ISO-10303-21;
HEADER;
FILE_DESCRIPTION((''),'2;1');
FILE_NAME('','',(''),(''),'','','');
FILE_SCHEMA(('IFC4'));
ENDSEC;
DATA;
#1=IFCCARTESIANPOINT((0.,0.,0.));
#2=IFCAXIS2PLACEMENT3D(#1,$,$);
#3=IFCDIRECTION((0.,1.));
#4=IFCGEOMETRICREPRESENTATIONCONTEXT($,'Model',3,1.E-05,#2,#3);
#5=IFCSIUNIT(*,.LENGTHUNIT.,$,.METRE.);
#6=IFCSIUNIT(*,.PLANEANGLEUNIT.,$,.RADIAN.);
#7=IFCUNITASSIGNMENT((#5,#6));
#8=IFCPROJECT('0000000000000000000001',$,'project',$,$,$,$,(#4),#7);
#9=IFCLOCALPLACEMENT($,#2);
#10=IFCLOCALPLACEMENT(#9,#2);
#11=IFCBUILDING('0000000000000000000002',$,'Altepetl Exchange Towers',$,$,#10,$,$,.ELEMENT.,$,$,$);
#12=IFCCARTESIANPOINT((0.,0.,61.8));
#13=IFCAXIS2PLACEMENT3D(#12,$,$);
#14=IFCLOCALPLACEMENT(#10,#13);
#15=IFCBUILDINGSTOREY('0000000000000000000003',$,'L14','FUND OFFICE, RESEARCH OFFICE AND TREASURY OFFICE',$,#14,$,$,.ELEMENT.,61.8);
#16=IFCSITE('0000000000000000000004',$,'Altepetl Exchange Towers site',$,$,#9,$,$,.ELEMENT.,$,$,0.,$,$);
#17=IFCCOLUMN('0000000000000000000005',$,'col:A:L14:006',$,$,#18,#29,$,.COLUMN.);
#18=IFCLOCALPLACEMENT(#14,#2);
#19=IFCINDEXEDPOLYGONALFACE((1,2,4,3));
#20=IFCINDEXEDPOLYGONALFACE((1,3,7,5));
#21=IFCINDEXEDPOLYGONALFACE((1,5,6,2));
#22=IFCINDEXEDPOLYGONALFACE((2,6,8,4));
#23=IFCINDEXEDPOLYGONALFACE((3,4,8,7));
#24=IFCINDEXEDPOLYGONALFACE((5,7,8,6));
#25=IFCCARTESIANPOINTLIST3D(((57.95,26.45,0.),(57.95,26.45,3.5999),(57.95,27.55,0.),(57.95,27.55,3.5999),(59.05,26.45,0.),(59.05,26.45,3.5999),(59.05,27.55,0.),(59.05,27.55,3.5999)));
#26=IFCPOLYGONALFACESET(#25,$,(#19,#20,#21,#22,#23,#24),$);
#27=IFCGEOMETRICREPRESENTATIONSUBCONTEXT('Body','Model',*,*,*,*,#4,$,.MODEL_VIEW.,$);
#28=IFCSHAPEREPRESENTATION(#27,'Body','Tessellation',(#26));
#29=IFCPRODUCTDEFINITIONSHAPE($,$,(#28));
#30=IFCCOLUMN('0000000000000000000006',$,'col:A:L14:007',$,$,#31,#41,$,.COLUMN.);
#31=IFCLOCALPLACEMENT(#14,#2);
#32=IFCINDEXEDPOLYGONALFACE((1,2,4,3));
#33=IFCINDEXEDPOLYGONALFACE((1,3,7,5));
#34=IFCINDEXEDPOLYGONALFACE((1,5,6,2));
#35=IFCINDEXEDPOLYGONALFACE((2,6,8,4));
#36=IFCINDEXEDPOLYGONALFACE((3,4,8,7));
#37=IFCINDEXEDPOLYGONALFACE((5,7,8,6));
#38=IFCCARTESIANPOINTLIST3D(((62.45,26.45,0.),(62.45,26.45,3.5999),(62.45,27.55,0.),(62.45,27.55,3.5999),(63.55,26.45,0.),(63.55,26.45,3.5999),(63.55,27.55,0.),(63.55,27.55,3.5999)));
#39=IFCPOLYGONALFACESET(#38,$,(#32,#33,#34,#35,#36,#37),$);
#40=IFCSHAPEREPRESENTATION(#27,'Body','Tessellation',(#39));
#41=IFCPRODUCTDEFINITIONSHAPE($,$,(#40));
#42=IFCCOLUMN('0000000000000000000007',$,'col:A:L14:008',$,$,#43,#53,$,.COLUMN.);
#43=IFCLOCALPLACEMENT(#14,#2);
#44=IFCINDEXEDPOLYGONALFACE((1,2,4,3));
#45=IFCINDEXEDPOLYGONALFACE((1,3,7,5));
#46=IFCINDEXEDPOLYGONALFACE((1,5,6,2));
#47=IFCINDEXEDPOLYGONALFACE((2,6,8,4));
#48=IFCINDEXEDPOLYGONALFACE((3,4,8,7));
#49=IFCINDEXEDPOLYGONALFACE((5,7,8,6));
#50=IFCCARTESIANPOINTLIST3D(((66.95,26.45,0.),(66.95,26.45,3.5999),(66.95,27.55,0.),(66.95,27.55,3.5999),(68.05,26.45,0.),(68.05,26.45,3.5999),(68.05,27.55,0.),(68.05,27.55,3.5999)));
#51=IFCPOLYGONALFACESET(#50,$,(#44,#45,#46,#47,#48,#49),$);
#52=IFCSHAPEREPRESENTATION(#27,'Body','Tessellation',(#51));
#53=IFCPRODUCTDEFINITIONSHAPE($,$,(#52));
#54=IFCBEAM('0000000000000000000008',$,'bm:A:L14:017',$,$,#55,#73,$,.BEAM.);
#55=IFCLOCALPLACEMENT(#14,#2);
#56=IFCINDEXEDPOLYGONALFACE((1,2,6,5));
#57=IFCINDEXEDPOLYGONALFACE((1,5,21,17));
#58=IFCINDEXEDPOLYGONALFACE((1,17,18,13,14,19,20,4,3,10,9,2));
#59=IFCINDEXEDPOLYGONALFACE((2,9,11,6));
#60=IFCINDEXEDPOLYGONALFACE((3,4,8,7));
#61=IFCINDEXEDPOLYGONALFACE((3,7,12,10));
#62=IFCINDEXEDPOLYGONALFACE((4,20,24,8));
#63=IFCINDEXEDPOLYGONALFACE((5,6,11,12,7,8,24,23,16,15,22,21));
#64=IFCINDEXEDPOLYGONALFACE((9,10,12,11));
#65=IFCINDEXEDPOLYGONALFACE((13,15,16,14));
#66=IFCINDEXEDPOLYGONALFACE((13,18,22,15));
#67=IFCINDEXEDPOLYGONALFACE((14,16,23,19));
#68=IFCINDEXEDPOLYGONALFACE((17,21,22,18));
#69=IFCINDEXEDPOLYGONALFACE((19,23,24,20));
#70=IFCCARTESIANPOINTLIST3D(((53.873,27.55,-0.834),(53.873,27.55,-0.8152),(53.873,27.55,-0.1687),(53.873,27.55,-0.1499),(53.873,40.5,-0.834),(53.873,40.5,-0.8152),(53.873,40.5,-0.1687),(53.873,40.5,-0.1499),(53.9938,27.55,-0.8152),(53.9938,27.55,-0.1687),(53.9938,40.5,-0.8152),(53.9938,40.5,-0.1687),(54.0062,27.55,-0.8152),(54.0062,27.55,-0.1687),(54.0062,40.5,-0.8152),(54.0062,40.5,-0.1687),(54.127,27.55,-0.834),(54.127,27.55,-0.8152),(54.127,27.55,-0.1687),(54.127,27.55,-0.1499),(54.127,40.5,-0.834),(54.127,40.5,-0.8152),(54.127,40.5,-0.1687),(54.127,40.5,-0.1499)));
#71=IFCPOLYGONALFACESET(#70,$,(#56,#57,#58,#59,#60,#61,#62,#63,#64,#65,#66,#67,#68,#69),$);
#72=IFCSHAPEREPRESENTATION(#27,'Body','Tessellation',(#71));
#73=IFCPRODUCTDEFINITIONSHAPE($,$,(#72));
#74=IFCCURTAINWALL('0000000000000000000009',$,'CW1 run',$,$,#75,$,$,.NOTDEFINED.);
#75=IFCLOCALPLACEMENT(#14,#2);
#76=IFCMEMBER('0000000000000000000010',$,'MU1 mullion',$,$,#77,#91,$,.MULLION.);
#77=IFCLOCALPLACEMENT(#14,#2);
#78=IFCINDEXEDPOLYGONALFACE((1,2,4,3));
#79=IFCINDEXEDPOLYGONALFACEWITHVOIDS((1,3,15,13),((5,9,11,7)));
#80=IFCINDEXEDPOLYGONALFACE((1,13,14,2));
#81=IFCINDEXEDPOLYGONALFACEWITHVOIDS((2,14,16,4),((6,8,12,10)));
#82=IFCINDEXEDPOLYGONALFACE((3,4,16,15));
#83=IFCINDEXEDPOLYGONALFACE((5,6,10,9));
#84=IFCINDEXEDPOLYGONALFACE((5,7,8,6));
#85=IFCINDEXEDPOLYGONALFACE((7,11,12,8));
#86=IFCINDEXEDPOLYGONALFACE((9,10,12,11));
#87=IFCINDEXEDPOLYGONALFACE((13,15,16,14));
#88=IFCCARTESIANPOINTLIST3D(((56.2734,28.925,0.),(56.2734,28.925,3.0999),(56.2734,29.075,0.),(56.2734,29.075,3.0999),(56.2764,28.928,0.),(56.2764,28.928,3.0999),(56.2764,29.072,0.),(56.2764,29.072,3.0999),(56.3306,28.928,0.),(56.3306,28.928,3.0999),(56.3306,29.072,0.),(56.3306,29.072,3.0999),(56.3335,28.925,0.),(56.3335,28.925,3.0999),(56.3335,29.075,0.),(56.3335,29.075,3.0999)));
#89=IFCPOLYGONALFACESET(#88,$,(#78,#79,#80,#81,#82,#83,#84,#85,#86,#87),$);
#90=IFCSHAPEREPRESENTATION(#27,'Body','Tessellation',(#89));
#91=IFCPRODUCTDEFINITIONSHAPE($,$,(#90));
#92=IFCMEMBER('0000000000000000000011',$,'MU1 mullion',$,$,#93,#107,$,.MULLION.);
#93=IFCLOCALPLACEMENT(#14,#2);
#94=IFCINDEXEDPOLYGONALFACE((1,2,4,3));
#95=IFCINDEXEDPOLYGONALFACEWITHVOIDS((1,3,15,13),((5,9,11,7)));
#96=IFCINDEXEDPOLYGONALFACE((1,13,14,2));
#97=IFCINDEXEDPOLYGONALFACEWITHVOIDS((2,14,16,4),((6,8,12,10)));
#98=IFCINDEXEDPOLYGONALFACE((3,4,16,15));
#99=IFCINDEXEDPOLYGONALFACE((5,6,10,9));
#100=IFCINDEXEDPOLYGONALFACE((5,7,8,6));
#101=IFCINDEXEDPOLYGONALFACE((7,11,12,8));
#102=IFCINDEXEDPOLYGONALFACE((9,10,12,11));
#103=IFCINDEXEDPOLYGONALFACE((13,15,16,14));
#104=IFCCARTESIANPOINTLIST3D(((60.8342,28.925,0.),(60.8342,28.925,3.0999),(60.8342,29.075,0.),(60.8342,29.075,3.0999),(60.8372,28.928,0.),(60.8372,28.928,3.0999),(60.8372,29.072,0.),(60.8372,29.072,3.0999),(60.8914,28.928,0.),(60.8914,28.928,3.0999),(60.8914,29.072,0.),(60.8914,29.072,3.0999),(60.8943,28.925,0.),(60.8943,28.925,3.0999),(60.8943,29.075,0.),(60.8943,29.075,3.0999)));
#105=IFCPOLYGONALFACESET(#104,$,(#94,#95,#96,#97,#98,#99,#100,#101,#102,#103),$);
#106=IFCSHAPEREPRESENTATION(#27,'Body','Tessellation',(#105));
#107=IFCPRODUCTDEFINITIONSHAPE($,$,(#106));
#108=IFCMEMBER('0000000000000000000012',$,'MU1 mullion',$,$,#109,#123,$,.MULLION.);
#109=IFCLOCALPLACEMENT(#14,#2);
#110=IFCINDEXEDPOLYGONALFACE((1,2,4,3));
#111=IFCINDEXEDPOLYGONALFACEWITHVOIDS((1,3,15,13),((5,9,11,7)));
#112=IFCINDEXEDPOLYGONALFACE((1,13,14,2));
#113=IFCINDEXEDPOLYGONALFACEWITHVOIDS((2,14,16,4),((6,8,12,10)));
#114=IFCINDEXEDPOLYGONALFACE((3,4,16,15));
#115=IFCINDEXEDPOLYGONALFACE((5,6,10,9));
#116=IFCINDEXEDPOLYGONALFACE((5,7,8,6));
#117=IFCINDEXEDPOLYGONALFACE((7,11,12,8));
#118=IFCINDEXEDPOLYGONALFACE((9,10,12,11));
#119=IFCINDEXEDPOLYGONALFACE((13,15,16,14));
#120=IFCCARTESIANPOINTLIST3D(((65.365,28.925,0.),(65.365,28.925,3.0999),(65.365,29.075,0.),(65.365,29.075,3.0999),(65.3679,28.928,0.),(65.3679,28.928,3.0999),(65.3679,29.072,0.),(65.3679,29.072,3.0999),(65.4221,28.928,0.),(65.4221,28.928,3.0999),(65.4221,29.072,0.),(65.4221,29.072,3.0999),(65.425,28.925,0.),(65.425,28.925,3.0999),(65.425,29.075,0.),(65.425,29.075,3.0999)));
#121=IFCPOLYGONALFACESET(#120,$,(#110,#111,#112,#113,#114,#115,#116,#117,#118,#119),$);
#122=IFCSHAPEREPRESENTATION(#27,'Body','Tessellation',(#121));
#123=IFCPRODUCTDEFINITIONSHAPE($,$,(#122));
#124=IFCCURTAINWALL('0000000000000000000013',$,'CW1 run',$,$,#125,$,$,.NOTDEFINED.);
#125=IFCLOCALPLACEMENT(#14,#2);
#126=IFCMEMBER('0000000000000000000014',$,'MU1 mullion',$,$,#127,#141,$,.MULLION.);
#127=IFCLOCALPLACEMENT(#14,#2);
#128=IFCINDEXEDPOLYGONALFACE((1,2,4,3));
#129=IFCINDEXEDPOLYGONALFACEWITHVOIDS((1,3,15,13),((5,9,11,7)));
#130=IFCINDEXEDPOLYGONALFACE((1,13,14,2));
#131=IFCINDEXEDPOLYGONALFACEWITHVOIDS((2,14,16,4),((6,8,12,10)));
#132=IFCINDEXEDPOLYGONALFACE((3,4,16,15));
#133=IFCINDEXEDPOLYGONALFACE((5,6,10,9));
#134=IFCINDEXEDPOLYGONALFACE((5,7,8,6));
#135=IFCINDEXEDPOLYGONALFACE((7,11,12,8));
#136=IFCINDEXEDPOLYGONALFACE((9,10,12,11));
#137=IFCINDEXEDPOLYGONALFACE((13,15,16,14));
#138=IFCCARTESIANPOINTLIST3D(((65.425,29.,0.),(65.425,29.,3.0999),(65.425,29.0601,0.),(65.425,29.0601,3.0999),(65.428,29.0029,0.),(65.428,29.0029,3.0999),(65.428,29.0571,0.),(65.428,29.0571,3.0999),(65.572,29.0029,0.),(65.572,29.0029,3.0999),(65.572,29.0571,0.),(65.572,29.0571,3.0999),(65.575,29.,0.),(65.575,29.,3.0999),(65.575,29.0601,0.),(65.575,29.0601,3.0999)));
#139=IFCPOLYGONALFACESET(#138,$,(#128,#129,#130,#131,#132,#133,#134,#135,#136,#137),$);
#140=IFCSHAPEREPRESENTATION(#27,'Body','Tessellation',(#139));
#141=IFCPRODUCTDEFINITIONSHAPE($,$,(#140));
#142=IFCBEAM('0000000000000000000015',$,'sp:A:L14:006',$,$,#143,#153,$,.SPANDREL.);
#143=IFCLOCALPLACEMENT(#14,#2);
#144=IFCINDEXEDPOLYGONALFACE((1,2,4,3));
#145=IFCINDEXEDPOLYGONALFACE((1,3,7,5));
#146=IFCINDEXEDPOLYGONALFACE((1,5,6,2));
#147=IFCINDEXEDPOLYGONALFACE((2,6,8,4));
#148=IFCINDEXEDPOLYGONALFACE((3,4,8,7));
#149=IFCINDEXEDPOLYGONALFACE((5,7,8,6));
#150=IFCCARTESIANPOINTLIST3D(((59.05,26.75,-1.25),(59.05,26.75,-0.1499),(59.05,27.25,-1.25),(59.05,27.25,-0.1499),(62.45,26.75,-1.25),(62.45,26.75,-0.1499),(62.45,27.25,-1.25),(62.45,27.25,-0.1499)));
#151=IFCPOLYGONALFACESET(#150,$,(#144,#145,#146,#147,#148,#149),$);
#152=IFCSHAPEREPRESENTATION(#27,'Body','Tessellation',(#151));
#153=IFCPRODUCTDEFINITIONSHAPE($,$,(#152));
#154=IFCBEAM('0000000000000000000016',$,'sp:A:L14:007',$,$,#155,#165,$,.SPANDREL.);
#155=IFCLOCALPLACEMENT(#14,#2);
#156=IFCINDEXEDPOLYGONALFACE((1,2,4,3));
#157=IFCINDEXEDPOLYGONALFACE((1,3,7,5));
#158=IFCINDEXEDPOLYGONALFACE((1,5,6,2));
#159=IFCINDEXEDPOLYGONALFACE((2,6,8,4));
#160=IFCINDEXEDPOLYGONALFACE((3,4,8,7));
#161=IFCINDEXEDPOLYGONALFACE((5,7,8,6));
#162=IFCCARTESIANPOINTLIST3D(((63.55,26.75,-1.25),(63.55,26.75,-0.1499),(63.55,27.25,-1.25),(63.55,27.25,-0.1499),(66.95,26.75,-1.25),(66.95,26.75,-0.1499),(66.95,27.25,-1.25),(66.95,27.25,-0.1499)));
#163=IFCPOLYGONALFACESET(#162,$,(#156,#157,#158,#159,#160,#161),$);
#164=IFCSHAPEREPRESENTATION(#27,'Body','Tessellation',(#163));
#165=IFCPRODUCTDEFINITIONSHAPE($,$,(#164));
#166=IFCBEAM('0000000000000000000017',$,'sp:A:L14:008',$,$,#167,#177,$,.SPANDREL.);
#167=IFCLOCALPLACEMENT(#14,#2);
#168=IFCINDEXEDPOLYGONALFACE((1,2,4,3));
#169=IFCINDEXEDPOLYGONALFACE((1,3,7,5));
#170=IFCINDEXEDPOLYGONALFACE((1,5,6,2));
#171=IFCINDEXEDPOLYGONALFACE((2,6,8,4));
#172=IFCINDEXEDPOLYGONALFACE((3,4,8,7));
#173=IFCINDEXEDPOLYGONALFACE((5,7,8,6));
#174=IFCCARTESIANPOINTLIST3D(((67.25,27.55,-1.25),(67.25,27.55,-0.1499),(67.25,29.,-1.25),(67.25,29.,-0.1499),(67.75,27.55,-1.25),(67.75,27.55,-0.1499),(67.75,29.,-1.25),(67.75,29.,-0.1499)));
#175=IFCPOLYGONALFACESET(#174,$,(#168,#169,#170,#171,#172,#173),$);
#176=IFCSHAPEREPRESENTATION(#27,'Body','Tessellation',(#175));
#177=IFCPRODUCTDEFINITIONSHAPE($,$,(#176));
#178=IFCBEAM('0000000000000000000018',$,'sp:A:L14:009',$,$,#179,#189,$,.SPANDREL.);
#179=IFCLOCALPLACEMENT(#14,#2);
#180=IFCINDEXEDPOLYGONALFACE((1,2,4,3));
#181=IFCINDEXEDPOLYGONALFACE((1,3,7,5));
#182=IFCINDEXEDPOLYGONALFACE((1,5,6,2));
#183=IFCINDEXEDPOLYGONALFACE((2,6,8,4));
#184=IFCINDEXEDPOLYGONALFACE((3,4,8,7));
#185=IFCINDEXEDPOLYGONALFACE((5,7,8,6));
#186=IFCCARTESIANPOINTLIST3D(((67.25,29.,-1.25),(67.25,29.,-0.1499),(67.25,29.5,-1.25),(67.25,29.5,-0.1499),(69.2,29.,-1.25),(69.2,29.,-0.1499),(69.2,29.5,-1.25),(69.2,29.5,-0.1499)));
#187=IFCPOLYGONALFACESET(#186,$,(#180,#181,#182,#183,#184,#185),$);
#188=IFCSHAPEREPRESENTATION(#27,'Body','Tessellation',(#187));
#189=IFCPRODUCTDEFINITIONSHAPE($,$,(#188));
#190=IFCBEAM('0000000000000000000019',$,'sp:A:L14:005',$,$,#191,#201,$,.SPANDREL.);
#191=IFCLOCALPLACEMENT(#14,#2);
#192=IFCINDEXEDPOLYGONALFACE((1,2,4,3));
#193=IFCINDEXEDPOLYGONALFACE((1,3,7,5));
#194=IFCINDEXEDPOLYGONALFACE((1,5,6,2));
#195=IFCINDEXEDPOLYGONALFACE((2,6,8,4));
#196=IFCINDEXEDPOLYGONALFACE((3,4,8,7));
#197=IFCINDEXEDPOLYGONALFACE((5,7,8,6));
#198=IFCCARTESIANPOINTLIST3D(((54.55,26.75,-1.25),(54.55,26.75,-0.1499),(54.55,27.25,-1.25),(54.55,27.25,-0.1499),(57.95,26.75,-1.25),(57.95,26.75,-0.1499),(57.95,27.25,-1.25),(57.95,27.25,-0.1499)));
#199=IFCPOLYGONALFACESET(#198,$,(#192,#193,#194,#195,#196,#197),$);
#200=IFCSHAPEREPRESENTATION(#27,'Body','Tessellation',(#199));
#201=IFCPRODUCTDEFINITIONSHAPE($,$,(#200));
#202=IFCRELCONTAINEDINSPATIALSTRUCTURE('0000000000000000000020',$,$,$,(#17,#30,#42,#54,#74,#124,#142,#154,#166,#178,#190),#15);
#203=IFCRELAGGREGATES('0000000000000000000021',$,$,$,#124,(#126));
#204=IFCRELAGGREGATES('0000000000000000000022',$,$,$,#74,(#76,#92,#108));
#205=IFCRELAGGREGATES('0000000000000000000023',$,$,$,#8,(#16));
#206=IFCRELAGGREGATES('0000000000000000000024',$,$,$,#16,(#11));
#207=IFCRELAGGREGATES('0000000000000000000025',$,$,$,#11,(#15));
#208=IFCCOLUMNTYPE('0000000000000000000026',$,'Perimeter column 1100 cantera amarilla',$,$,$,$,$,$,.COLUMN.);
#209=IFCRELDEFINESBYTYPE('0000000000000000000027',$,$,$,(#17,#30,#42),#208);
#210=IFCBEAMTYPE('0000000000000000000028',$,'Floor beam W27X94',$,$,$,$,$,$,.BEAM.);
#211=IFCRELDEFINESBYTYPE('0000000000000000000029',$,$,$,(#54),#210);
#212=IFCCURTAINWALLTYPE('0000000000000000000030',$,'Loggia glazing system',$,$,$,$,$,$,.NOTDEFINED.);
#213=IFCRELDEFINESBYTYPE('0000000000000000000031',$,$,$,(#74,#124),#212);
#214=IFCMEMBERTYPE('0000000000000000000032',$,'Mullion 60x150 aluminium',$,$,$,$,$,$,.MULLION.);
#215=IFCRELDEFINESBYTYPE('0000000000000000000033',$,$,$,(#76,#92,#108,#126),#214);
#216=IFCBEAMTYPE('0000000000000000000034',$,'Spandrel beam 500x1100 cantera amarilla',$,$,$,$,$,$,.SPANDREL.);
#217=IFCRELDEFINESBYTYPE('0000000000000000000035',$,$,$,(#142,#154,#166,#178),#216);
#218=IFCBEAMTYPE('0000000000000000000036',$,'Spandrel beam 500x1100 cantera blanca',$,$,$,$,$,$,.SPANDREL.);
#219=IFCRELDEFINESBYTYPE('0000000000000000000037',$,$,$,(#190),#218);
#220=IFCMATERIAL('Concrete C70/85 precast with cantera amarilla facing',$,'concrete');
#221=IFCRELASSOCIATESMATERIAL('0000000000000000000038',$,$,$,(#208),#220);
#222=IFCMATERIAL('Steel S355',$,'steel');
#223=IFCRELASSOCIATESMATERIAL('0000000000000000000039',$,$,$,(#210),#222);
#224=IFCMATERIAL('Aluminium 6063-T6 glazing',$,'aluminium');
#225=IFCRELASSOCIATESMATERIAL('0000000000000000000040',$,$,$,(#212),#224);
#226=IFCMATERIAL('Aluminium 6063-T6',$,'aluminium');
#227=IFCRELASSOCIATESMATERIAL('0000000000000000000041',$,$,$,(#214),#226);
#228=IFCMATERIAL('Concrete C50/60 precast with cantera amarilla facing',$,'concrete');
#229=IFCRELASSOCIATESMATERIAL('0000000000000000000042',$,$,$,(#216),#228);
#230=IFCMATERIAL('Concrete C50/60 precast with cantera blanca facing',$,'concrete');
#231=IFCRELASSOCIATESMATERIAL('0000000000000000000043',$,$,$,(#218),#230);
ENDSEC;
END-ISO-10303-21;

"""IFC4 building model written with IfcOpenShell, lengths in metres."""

from ifc_helpers import new_model, si_unit, direction, frame, origin, origin_2d, place, context, subcontext, project, spatial, rectangle, hollow_rectangle, i_section, extrude, material, material_profile, profile_set, type_object, element, aggregate, save


model = new_model("IFC4")

# Units and contexts
model_context = context("Model", 3, precision=1e-05, world=origin(), true_north=direction((0.0, 1.0)))
body_context = subcontext(model_context, "Body", "Model", "MODEL_VIEW")
ifc_project = project(units=[si_unit("LENGTHUNIT", "METRE"), si_unit("PLANEANGLEUNIT", "RADIAN")], contexts=[model_context])

# Site, building, storey
site_placement = place(None, origin())
site = spatial("IfcSite", under=ifc_project, at=site_placement, Name="Altepetl Exchange Towers site", CompositionType="ELEMENT", RefElevation=0.0)
building_placement = place(site_placement, origin())
building = spatial("IfcBuilding", under=site, at=building_placement, Name="Altepetl Exchange Towers", CompositionType="ELEMENT")
storey_placement = place(building_placement, frame((0.0, 0.0, 61.8)))
storey = spatial("IfcBuildingStorey", under=building, at=storey_placement, Name="L14", Description="FUND OFFICE, RESEARCH OFFICE AND TREASURY OFFICE", CompositionType="ELEMENT", Elevation=61.8)

# Columns
ifc_material_1 = material(Name="Concrete C70/85 precast with cantera amarilla facing", Category="concrete")
ifc_material_profile_1 = material_profile(ifc_material_1, rectangle(XDim=1.1001, YDim=1.1001, at=origin_2d()), Name="1100 x 1100")
ifc_profile_set_1 = profile_set([ifc_material_profile_1], Name="Concrete C70/85 precast with cantera amarilla facing")
column_type = type_object("IfcColumnType", Name="Perimeter column 1100 cantera amarilla", PredefinedType="COLUMN", material=ifc_profile_set_1)
for number, where, name in (
    (1, (58.5, 27.0, 0.0), "col:A:L14:006"),
    (2, (63.0, 27.0, 0.0), "col:A:L14:007"),
    (3, (67.5, 27.0, 0.0), "col:A:L14:008"),
):
    element("IfcColumn", number, at=place(storey_placement, frame(where)), inside=storey, type_object=column_type, Name=name, PredefinedType="COLUMN", context=body_context, shape_type="SweptSolid", body=[
        extrude(rectangle(XDim=1.1001, YDim=1.1001, at=origin_2d()), origin(), (0.0, 0.0, 1.0), 3.5999),
    ])

# Beam
ifc_material_2 = material(Name="Steel S355", Category="steel")
ifc_material_profile_2 = material_profile(ifc_material_2, i_section(OverallWidth=0.2539, OverallDepth=0.6841, WebThickness=0.0125, FlangeThickness=0.0188, at=origin_2d()), Name="W27X94")
ifc_profile_set_2 = profile_set([ifc_material_profile_2], Name="Steel S355")
beam_type_1 = type_object("IfcBeamType", Name="Floor beam W27X94", PredefinedType="BEAM", material=ifc_profile_set_2)
beam_1_placement = place(storey_placement, frame((54.0, 27.55, -0.4919), z_axis=(0.0, 1.0, 0.0), x_axis=(-1.0, 0.0, 0.0)))
element("IfcBeam", 4, at=beam_1_placement, inside=storey, type_object=beam_type_1, Name="bm:A:L14:017", PredefinedType="BEAM", context=body_context, shape_type="SweptSolid", body=[
    extrude(i_section(OverallWidth=0.2539, OverallDepth=0.6841, WebThickness=0.0125, FlangeThickness=0.0188, at=origin_2d()), origin(), (0.0, 0.0, 1.0), 12.95),
])

# Curtain wall, members
ifc_material_3 = material(Name="Aluminium 6063-T6 glazing", Category="aluminium")
curtain_wall_type = type_object("IfcCurtainWallType", Name="Loggia glazing system", PredefinedType="NOTDEFINED", material=ifc_material_3)
curtain_wall_1_placement = place(storey_placement, origin())
curtain_wall_1 = element("IfcCurtainWall", 5, at=curtain_wall_1_placement, inside=storey, type_object=curtain_wall_type, Name="CW1 run", PredefinedType="NOTDEFINED")
ifc_material_4 = material(Name="Aluminium 6063-T6", Category="aluminium")
ifc_material_profile_3 = material_profile(ifc_material_4, hollow_rectangle(XDim=0.0601, YDim=0.1499, WallThickness=0.0029, at=origin_2d()), Name="Mullion 60x150 aluminium")
ifc_profile_set_3 = profile_set([ifc_material_profile_3], Name="Aluminium 6063-T6")
member_type = type_object("IfcMemberType", Name="Mullion 60x150 aluminium", PredefinedType="MULLION", material=ifc_profile_set_3)
member_1_placement = place(storey_placement, frame((56.3035, 29.0, 0.0)))
member_1 = element("IfcMember", 6, at=member_1_placement, type_object=member_type, Name="MU1 mullion", PredefinedType="MULLION", context=body_context, shape_type="SweptSolid", body=[
    extrude(hollow_rectangle(XDim=0.0601, YDim=0.1499, WallThickness=0.0029, at=origin_2d()), origin(), (0.0, 0.0, 1.0), 3.0999),
])
member_2_placement = place(storey_placement, frame((60.8643, 29.0, 0.0)))
member_2 = element("IfcMember", 7, at=member_2_placement, type_object=member_type, Name="MU1 mullion", PredefinedType="MULLION", context=body_context, shape_type="SweptSolid", body=[
    extrude(hollow_rectangle(XDim=0.0601, YDim=0.1499, WallThickness=0.0029, at=origin_2d()), origin(), (0.0, 0.0, 1.0), 3.0999),
])
member_3_placement = place(storey_placement, frame((65.395, 29.0, 0.0)))
member_3 = element("IfcMember", 8, at=member_3_placement, type_object=member_type, Name="MU1 mullion", PredefinedType="MULLION", context=body_context, shape_type="SweptSolid", body=[
    extrude(hollow_rectangle(XDim=0.0601, YDim=0.1499, WallThickness=0.0029, at=origin_2d()), origin(), (0.0, 0.0, 1.0), 3.0999),
])

# Curtain wall, member
curtain_wall_2_placement = place(storey_placement, origin())
curtain_wall_2 = element("IfcCurtainWall", 9, at=curtain_wall_2_placement, inside=storey, type_object=curtain_wall_type, Name="CW1 run", PredefinedType="NOTDEFINED")
member_4_placement = place(storey_placement, frame((65.5, 29.03, 0.0), z_axis=(0.0, 0.0, 1.0), x_axis=(0.0, 1.0, 0.0)))
member_4 = element("IfcMember", 10, at=member_4_placement, type_object=member_type, Name="MU1 mullion", PredefinedType="MULLION", context=body_context, shape_type="SweptSolid", body=[
    extrude(hollow_rectangle(XDim=0.0601, YDim=0.1499, WallThickness=0.0029, at=origin_2d()), origin(), (0.0, 0.0, 1.0), 3.0999),
])
aggregate(curtain_wall_2, [member_4])

# Beams
ifc_material_5 = material(Name="Concrete C50/60 precast with cantera amarilla facing", Category="concrete")
ifc_material_profile_4 = material_profile(ifc_material_5, rectangle(XDim=0.5, YDim=1.1001, at=origin_2d()), Name="500 x 1100")
ifc_profile_set_4 = profile_set([ifc_material_profile_4], Name="Concrete C50/60 precast with cantera amarilla facing")
beam_type_2 = type_object("IfcBeamType", Name="Spandrel beam 500x1100 cantera amarilla", PredefinedType="SPANDREL", material=ifc_profile_set_4)
for number, where, z_axis, x_axis, name in (
    (11, (59.05, 27.0, -0.7), (1.0, 0.0, 0.0), (0.0, 1.0, 0.0), "sp:A:L14:006"),
    (12, (63.55, 27.0, -0.7), (1.0, 0.0, 0.0), (0.0, 1.0, 0.0), "sp:A:L14:007"),
):
    element("IfcBeam", number, at=place(storey_placement, frame(where, z_axis=z_axis, x_axis=x_axis)), inside=storey, type_object=beam_type_2, Name=name, PredefinedType="SPANDREL", context=body_context, shape_type="SweptSolid", body=[
        extrude(rectangle(XDim=0.5, YDim=1.1001, at=origin_2d()), origin(), (0.0, 0.0, 1.0), 3.3999),
    ])
beam_2_placement = place(storey_placement, frame((67.5, 27.55, -0.7), z_axis=(0.0, 1.0, 0.0), x_axis=(-1.0, 0.0, 0.0)))
element("IfcBeam", 13, at=beam_2_placement, inside=storey, type_object=beam_type_2, Name="sp:A:L14:008", PredefinedType="SPANDREL", context=body_context, shape_type="SweptSolid", body=[
    extrude(rectangle(XDim=0.5, YDim=1.1001, at=origin_2d()), origin(), (0.0, 0.0, 1.0), 1.45),
])
beam_3_placement = place(storey_placement, frame((67.25, 29.25, -0.7), z_axis=(1.0, 0.0, 0.0), x_axis=(0.0, 1.0, 0.0)))
element("IfcBeam", 14, at=beam_3_placement, inside=storey, type_object=beam_type_2, Name="sp:A:L14:009", PredefinedType="SPANDREL", context=body_context, shape_type="SweptSolid", body=[
    extrude(rectangle(XDim=0.5, YDim=1.1001, at=origin_2d()), origin(), (0.0, 0.0, 1.0), 1.95),
])
ifc_material_6 = material(Name="Concrete C50/60 precast with cantera blanca facing", Category="concrete")
ifc_material_profile_5 = material_profile(ifc_material_6, rectangle(XDim=0.5, YDim=1.1001, at=origin_2d()), Name="500 x 1100")
ifc_profile_set_5 = profile_set([ifc_material_profile_5], Name="Concrete C50/60 precast with cantera blanca facing")
beam_type_3 = type_object("IfcBeamType", Name="Spandrel beam 500x1100 cantera blanca", PredefinedType="SPANDREL", material=ifc_profile_set_5)
beam_4_placement = place(storey_placement, frame((54.55, 27.0, -0.7), z_axis=(1.0, 0.0, 0.0), x_axis=(0.0, 1.0, 0.0)))
element("IfcBeam", 15, at=beam_4_placement, inside=storey, type_object=beam_type_3, Name="sp:A:L14:005", PredefinedType="SPANDREL", context=body_context, shape_type="SweptSolid", body=[
    extrude(rectangle(XDim=0.5, YDim=1.1001, at=origin_2d()), origin(), (0.0, 0.0, 1.0), 3.3999),
])

aggregate(curtain_wall_1, [member_1, member_2, member_3])

save(model, "model.ifc")
